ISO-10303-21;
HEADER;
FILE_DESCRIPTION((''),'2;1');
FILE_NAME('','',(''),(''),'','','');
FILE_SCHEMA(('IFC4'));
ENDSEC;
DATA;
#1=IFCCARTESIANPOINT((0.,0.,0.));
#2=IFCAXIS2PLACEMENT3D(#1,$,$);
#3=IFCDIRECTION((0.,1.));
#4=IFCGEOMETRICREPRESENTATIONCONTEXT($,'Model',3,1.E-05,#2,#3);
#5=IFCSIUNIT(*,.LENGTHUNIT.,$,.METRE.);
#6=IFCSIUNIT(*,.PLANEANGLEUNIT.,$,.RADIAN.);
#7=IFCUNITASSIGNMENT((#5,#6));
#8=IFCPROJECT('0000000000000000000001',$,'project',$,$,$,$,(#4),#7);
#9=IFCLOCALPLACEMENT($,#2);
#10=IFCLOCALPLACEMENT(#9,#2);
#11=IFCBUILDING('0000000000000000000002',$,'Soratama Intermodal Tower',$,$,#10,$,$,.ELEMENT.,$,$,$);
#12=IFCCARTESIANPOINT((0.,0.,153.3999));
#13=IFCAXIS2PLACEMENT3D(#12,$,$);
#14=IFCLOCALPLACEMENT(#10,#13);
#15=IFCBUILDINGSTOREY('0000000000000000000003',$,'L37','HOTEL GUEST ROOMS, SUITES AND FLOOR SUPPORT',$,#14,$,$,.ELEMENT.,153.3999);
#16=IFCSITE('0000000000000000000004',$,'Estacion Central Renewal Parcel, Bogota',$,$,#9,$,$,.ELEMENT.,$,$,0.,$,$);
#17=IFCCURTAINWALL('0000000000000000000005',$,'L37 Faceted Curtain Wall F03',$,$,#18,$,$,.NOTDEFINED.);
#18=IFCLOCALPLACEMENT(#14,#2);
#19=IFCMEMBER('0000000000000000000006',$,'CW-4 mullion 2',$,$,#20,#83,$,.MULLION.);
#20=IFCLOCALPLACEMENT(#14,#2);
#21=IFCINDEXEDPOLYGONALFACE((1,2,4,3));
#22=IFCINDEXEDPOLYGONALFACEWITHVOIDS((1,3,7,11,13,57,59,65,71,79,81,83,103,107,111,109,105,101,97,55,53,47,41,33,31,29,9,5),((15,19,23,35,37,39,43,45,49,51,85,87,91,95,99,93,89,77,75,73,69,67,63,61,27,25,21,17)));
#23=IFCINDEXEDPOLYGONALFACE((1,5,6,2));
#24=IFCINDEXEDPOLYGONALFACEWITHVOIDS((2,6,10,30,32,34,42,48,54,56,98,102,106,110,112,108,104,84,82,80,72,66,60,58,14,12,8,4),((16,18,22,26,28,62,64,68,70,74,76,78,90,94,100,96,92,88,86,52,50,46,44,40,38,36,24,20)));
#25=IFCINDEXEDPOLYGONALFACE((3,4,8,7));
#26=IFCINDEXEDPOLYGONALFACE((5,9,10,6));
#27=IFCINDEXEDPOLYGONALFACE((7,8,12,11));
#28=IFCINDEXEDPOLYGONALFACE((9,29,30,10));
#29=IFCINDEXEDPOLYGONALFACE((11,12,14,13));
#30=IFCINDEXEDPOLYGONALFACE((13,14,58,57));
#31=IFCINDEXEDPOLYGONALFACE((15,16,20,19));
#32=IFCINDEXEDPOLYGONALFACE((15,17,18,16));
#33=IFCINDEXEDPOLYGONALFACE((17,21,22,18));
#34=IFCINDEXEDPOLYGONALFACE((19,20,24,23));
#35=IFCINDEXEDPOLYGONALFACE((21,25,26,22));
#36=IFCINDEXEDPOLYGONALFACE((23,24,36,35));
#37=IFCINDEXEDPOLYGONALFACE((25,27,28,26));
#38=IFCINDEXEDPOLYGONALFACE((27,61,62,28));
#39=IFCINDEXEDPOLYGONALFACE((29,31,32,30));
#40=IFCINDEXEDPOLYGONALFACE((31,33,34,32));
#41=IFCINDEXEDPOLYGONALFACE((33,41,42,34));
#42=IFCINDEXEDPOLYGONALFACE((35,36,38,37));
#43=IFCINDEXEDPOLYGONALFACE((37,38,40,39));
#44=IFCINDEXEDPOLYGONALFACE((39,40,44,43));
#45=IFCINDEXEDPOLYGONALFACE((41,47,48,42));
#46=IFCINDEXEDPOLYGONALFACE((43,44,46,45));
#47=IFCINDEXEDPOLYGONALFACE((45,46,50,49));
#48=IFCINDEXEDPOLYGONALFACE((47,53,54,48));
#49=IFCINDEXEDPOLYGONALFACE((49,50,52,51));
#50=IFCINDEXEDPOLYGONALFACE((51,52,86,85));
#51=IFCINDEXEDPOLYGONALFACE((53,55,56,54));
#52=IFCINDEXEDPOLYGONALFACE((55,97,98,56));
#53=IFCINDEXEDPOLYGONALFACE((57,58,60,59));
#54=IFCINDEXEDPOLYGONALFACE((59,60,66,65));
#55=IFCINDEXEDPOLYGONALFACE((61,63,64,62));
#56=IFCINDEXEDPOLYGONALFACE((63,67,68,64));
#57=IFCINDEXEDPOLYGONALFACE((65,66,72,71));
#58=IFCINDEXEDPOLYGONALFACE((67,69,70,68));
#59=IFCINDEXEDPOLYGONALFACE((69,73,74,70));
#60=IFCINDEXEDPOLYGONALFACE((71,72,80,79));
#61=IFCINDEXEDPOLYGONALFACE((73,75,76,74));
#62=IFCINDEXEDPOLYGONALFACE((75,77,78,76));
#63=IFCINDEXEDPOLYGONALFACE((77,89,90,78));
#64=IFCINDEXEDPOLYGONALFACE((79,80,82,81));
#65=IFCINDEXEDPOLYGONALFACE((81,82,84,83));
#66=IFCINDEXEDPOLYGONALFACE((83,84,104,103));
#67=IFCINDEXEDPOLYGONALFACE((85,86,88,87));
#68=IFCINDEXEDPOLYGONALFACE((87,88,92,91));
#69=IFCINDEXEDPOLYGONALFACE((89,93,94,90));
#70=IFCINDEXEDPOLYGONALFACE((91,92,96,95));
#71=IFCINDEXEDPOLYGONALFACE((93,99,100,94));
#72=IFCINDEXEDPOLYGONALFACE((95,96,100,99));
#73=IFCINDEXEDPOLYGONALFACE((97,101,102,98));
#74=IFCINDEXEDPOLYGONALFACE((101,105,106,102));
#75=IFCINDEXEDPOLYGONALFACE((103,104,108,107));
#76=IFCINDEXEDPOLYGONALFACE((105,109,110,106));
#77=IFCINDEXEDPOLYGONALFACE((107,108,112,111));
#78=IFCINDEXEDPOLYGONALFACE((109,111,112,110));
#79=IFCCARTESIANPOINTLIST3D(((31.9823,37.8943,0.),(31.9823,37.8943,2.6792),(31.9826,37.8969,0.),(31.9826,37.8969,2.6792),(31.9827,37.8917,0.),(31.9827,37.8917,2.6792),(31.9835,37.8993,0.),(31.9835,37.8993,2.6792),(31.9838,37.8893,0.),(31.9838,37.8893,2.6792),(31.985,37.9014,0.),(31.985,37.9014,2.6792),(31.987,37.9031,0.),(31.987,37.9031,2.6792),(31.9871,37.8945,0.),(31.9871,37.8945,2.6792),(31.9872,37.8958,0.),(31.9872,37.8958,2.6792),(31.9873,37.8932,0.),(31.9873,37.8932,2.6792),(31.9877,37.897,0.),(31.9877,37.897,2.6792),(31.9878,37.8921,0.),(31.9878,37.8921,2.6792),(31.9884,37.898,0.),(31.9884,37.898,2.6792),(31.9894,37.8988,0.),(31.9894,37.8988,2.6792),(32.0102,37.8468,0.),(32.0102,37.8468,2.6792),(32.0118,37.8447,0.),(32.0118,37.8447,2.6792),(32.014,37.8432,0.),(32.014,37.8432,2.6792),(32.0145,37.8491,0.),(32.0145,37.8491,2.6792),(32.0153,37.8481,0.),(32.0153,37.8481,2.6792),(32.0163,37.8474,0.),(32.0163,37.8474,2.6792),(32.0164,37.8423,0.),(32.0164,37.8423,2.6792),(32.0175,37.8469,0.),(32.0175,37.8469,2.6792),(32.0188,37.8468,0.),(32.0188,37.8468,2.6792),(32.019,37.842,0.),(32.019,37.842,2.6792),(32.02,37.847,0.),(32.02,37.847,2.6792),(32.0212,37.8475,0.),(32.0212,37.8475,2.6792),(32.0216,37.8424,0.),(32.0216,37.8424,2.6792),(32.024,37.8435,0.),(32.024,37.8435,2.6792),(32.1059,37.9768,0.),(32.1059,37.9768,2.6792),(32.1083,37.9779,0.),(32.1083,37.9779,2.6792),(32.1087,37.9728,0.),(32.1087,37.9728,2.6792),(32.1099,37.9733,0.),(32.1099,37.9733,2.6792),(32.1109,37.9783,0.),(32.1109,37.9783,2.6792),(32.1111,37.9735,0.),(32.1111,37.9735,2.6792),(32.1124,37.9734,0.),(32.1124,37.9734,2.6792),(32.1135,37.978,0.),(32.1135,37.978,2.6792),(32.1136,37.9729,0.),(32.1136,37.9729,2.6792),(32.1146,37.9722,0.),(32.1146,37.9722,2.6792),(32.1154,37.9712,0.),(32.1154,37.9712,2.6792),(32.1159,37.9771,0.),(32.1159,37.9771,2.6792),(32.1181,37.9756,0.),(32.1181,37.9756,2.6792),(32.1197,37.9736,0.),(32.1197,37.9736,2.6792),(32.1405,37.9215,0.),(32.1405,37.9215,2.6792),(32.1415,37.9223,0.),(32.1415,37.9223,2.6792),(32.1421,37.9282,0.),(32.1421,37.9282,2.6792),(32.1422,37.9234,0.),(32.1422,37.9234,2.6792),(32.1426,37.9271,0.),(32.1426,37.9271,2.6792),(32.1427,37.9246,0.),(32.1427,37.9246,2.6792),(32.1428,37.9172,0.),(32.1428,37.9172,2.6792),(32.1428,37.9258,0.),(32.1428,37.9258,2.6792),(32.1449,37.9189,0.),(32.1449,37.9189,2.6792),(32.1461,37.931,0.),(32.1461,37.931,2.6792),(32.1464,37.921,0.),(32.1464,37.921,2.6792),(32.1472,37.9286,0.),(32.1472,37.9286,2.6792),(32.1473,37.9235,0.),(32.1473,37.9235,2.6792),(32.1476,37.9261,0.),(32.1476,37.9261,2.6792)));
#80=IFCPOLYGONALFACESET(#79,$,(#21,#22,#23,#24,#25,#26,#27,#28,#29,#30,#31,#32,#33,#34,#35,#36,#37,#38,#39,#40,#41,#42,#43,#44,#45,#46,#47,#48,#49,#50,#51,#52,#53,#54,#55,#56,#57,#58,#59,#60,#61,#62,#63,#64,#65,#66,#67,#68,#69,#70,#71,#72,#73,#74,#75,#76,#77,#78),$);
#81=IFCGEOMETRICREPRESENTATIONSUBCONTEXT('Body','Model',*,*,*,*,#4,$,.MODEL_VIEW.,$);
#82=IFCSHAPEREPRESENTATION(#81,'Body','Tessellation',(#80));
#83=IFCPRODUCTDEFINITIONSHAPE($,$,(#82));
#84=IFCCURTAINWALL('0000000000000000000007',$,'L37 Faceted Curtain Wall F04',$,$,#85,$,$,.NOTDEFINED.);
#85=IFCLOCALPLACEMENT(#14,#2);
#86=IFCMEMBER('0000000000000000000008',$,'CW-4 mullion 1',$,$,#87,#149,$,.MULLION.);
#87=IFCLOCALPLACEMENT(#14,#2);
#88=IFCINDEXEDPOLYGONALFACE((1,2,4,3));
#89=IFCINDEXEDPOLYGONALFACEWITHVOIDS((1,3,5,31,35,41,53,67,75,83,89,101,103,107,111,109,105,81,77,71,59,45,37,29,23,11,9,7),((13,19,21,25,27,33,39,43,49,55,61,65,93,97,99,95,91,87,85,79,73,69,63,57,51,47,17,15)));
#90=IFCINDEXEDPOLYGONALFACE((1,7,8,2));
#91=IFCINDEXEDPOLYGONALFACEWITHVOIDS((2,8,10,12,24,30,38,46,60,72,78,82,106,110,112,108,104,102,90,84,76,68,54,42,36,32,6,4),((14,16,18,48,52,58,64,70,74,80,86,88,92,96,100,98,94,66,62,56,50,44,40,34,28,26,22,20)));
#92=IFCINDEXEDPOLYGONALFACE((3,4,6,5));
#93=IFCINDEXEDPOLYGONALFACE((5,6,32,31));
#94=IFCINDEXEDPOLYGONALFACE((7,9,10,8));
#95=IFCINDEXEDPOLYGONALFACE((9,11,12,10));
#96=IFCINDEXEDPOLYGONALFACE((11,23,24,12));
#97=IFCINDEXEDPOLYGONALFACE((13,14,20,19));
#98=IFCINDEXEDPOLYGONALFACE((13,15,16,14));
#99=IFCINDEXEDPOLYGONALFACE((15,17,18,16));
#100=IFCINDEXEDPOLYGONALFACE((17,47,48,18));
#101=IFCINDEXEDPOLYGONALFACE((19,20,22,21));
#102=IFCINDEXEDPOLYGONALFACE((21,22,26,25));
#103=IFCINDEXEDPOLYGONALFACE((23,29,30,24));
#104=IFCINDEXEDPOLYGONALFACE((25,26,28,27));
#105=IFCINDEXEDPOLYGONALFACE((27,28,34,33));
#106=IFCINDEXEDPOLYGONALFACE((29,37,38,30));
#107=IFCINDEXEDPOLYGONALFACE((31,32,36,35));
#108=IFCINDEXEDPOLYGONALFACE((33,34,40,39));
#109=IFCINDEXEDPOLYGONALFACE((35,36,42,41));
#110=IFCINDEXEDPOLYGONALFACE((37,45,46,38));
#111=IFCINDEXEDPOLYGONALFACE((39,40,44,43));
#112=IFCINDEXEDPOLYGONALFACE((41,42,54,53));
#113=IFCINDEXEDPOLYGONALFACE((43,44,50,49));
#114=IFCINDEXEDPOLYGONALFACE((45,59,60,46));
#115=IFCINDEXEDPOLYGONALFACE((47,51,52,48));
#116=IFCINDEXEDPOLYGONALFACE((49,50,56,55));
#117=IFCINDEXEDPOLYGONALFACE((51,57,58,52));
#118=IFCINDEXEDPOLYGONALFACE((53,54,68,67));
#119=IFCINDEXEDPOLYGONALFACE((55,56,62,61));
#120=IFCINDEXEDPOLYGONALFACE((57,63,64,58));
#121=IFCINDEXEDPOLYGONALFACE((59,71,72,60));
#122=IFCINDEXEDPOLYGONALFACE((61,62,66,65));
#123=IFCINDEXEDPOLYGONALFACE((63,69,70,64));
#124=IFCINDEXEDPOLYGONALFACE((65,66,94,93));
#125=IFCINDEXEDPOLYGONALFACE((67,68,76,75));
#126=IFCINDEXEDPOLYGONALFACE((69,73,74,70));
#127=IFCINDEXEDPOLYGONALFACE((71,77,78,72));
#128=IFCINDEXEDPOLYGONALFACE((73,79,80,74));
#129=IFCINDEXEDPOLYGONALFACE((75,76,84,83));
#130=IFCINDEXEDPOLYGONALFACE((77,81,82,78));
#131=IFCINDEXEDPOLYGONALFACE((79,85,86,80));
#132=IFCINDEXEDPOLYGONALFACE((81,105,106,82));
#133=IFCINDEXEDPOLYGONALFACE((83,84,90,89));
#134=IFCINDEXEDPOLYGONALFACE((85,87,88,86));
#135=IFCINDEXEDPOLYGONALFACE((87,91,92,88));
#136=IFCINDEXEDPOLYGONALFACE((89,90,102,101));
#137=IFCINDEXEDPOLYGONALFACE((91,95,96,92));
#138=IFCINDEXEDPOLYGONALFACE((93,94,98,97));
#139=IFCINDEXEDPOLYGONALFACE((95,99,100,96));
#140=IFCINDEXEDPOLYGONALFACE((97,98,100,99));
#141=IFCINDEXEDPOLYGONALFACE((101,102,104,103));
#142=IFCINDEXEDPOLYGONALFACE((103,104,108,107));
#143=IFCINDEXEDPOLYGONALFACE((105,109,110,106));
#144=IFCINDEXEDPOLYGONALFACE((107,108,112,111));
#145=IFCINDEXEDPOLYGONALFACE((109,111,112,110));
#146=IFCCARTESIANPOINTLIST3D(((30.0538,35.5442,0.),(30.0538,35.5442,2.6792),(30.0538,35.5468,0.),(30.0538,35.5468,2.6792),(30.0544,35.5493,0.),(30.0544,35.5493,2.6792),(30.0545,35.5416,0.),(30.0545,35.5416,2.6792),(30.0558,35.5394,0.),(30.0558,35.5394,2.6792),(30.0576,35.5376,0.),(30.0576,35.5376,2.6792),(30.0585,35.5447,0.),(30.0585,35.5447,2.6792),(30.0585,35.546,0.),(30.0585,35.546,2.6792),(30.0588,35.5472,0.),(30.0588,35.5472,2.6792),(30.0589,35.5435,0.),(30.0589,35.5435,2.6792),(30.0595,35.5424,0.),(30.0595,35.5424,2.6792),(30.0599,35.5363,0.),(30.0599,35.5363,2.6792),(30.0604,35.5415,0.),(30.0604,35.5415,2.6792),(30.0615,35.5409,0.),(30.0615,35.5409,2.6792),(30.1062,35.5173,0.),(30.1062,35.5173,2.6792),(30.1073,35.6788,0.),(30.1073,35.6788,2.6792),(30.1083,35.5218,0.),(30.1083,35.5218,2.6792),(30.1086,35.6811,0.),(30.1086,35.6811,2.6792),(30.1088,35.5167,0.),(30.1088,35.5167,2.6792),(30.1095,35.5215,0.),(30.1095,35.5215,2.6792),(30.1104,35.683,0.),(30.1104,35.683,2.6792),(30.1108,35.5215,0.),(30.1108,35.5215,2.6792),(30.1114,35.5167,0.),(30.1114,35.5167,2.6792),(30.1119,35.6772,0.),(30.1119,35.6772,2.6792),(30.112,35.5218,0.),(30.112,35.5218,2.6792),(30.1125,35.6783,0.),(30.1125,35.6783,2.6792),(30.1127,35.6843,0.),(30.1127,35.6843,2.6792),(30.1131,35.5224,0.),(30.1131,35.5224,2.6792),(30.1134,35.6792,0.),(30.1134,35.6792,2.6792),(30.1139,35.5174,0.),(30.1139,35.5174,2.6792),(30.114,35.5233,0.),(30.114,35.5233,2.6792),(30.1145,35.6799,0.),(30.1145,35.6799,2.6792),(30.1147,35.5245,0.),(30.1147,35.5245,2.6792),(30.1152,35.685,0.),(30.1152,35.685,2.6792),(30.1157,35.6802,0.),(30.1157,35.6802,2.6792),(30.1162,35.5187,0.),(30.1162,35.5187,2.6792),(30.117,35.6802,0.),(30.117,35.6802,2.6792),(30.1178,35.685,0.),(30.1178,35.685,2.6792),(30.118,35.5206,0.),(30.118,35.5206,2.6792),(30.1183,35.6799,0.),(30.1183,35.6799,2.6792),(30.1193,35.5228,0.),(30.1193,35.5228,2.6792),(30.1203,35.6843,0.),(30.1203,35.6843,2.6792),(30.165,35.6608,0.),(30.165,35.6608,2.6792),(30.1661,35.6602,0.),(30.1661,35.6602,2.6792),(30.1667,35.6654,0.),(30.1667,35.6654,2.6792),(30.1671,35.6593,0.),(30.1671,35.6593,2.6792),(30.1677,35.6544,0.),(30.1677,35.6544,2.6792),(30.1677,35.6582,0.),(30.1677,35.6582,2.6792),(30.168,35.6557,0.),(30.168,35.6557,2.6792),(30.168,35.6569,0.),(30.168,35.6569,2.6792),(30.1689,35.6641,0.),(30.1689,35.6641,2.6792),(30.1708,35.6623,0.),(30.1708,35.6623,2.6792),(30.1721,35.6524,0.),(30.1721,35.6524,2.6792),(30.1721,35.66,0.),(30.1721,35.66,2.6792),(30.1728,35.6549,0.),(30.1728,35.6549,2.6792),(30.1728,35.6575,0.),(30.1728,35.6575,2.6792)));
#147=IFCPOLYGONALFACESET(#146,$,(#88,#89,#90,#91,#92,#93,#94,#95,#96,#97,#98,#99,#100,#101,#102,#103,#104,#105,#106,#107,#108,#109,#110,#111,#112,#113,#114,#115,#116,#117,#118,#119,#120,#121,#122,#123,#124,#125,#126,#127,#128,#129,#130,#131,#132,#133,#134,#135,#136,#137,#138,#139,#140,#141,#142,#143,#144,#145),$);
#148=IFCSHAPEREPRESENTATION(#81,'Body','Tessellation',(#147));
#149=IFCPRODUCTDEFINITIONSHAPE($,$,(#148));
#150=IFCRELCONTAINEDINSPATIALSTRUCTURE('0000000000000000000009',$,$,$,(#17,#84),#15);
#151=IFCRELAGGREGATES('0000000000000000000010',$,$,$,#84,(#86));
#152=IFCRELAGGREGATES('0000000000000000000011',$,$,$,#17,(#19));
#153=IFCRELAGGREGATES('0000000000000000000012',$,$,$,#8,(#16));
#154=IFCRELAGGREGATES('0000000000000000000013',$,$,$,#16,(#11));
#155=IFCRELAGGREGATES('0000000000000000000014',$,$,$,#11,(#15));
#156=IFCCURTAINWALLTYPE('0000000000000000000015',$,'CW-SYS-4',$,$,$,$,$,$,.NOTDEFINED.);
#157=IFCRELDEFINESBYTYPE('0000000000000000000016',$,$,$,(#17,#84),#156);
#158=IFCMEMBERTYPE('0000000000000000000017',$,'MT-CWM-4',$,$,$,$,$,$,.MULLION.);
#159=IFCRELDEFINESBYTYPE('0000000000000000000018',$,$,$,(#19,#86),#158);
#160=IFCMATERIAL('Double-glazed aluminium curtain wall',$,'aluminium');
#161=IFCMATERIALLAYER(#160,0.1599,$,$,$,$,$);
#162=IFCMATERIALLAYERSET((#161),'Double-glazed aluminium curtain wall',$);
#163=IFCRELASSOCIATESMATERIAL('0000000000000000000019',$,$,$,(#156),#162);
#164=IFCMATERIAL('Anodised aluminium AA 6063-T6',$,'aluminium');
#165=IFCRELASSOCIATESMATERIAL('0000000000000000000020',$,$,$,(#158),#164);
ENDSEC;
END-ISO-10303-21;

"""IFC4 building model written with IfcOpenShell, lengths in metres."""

from ifc_helpers import new_model, si_unit, direction, frame, origin, origin_2d, place, context, subcontext, project, spatial, hollow_rectangle, extrude, material, layer, layer_set, material_profile, profile_set, type_object, element, aggregate, save


model = new_model("IFC4")

# Units and contexts
model_context = context("Model", 3, precision=1e-05, world=origin(), true_north=direction((0.0, 1.0)))
body_context = subcontext(model_context, "Body", "Model", "MODEL_VIEW")
ifc_project = project(units=[si_unit("LENGTHUNIT", "METRE"), si_unit("PLANEANGLEUNIT", "RADIAN")], contexts=[model_context])

# Site, building, storey
site_placement = place(None, origin())
site = spatial("IfcSite", under=ifc_project, at=site_placement, Name="Estacion Central Renewal Parcel, Bogota", CompositionType="ELEMENT", RefElevation=0.0)
building_placement = place(site_placement, origin())
building = spatial("IfcBuilding", under=site, at=building_placement, Name="Soratama Intermodal Tower", CompositionType="ELEMENT")
storey_placement = place(building_placement, frame((0.0, 0.0, 153.3999)))
storey = spatial("IfcBuildingStorey", under=building, at=storey_placement, Name="L37", Description="HOTEL GUEST ROOMS, SUITES AND FLOOR SUPPORT", CompositionType="ELEMENT", Elevation=153.3999)

# Curtain wall, member
ifc_material_1 = material(Name="Double-glazed aluminium curtain wall", Category="aluminium")
ifc_layer_1 = layer(ifc_material_1, 0.1599)
ifc_layer_set_1 = layer_set([ifc_layer_1], Name="Double-glazed aluminium curtain wall")
curtain_wall_type = type_object("IfcCurtainWallType", Name="CW-SYS-4", PredefinedType="NOTDEFINED", material=ifc_layer_set_1)
curtain_wall_1_placement = place(storey_placement, origin())
curtain_wall_1 = element("IfcCurtainWall", 1, at=curtain_wall_1_placement, inside=storey, type_object=curtain_wall_type, Name="L37 Faceted Curtain Wall F03", PredefinedType="NOTDEFINED")
ifc_material_2 = material(Name="Anodised aluminium AA 6063-T6", Category="aluminium")
ifc_material_profile_1 = material_profile(ifc_material_2, hollow_rectangle(XDim=0.0701, YDim=0.1599, WallThickness=0.0049, InnerFilletRadius=0.0049, OuterFilletRadius=0.01, at=origin_2d()), Name="CWM160X70X5")
ifc_profile_set_1 = profile_set([ifc_material_profile_1], Name="Anodised aluminium AA 6063-T6")
member_type_1 = type_object("IfcMemberType", Name="MT-CWM-4", PredefinedType="MULLION", material=ifc_profile_set_1)
member_1_placement = place(storey_placement, frame((32.0649, 37.9102, 0.0), z_axis=(0.0, 0.0, 1.0), x_axis=(0.526959, -0.84989, 0.0)))
member_1 = element("IfcMember", 2, at=member_1_placement, type_object=member_type_1, Name="CW-4 mullion 2", PredefinedType="MULLION", context=body_context, shape_type="SweptSolid", body=[
    extrude(hollow_rectangle(XDim=0.0701, YDim=0.1599, WallThickness=0.0049, InnerFilletRadius=0.0049, OuterFilletRadius=0.01, at=origin_2d()), origin(), (0.0, 0.0, 1.0), 2.6792),
])

# Curtain wall, member
curtain_wall_2_placement = place(storey_placement, origin())
curtain_wall_2 = element("IfcCurtainWall", 3, at=curtain_wall_2_placement, inside=storey, type_object=curtain_wall_type, Name="L37 Faceted Curtain Wall F04", PredefinedType="NOTDEFINED")
member_2_placement = place(storey_placement, frame((30.1133, 35.6008, 0.0), z_axis=(0.0, 0.0, 1.0), x_axis=(0.925873, -0.377835, 0.0)))
member_2 = element("IfcMember", 4, at=member_2_placement, type_object=member_type_1, Name="CW-4 mullion 1", PredefinedType="MULLION", context=body_context, shape_type="SweptSolid", body=[
    extrude(hollow_rectangle(XDim=0.0701, YDim=0.1599, WallThickness=0.0049, InnerFilletRadius=0.0049, OuterFilletRadius=0.01, at=origin_2d()), origin(), (0.0, 0.0, 1.0), 2.6792),
])

aggregate(curtain_wall_2, [member_2])

aggregate(curtain_wall_1, [member_1])

save(model, "model.ifc")
